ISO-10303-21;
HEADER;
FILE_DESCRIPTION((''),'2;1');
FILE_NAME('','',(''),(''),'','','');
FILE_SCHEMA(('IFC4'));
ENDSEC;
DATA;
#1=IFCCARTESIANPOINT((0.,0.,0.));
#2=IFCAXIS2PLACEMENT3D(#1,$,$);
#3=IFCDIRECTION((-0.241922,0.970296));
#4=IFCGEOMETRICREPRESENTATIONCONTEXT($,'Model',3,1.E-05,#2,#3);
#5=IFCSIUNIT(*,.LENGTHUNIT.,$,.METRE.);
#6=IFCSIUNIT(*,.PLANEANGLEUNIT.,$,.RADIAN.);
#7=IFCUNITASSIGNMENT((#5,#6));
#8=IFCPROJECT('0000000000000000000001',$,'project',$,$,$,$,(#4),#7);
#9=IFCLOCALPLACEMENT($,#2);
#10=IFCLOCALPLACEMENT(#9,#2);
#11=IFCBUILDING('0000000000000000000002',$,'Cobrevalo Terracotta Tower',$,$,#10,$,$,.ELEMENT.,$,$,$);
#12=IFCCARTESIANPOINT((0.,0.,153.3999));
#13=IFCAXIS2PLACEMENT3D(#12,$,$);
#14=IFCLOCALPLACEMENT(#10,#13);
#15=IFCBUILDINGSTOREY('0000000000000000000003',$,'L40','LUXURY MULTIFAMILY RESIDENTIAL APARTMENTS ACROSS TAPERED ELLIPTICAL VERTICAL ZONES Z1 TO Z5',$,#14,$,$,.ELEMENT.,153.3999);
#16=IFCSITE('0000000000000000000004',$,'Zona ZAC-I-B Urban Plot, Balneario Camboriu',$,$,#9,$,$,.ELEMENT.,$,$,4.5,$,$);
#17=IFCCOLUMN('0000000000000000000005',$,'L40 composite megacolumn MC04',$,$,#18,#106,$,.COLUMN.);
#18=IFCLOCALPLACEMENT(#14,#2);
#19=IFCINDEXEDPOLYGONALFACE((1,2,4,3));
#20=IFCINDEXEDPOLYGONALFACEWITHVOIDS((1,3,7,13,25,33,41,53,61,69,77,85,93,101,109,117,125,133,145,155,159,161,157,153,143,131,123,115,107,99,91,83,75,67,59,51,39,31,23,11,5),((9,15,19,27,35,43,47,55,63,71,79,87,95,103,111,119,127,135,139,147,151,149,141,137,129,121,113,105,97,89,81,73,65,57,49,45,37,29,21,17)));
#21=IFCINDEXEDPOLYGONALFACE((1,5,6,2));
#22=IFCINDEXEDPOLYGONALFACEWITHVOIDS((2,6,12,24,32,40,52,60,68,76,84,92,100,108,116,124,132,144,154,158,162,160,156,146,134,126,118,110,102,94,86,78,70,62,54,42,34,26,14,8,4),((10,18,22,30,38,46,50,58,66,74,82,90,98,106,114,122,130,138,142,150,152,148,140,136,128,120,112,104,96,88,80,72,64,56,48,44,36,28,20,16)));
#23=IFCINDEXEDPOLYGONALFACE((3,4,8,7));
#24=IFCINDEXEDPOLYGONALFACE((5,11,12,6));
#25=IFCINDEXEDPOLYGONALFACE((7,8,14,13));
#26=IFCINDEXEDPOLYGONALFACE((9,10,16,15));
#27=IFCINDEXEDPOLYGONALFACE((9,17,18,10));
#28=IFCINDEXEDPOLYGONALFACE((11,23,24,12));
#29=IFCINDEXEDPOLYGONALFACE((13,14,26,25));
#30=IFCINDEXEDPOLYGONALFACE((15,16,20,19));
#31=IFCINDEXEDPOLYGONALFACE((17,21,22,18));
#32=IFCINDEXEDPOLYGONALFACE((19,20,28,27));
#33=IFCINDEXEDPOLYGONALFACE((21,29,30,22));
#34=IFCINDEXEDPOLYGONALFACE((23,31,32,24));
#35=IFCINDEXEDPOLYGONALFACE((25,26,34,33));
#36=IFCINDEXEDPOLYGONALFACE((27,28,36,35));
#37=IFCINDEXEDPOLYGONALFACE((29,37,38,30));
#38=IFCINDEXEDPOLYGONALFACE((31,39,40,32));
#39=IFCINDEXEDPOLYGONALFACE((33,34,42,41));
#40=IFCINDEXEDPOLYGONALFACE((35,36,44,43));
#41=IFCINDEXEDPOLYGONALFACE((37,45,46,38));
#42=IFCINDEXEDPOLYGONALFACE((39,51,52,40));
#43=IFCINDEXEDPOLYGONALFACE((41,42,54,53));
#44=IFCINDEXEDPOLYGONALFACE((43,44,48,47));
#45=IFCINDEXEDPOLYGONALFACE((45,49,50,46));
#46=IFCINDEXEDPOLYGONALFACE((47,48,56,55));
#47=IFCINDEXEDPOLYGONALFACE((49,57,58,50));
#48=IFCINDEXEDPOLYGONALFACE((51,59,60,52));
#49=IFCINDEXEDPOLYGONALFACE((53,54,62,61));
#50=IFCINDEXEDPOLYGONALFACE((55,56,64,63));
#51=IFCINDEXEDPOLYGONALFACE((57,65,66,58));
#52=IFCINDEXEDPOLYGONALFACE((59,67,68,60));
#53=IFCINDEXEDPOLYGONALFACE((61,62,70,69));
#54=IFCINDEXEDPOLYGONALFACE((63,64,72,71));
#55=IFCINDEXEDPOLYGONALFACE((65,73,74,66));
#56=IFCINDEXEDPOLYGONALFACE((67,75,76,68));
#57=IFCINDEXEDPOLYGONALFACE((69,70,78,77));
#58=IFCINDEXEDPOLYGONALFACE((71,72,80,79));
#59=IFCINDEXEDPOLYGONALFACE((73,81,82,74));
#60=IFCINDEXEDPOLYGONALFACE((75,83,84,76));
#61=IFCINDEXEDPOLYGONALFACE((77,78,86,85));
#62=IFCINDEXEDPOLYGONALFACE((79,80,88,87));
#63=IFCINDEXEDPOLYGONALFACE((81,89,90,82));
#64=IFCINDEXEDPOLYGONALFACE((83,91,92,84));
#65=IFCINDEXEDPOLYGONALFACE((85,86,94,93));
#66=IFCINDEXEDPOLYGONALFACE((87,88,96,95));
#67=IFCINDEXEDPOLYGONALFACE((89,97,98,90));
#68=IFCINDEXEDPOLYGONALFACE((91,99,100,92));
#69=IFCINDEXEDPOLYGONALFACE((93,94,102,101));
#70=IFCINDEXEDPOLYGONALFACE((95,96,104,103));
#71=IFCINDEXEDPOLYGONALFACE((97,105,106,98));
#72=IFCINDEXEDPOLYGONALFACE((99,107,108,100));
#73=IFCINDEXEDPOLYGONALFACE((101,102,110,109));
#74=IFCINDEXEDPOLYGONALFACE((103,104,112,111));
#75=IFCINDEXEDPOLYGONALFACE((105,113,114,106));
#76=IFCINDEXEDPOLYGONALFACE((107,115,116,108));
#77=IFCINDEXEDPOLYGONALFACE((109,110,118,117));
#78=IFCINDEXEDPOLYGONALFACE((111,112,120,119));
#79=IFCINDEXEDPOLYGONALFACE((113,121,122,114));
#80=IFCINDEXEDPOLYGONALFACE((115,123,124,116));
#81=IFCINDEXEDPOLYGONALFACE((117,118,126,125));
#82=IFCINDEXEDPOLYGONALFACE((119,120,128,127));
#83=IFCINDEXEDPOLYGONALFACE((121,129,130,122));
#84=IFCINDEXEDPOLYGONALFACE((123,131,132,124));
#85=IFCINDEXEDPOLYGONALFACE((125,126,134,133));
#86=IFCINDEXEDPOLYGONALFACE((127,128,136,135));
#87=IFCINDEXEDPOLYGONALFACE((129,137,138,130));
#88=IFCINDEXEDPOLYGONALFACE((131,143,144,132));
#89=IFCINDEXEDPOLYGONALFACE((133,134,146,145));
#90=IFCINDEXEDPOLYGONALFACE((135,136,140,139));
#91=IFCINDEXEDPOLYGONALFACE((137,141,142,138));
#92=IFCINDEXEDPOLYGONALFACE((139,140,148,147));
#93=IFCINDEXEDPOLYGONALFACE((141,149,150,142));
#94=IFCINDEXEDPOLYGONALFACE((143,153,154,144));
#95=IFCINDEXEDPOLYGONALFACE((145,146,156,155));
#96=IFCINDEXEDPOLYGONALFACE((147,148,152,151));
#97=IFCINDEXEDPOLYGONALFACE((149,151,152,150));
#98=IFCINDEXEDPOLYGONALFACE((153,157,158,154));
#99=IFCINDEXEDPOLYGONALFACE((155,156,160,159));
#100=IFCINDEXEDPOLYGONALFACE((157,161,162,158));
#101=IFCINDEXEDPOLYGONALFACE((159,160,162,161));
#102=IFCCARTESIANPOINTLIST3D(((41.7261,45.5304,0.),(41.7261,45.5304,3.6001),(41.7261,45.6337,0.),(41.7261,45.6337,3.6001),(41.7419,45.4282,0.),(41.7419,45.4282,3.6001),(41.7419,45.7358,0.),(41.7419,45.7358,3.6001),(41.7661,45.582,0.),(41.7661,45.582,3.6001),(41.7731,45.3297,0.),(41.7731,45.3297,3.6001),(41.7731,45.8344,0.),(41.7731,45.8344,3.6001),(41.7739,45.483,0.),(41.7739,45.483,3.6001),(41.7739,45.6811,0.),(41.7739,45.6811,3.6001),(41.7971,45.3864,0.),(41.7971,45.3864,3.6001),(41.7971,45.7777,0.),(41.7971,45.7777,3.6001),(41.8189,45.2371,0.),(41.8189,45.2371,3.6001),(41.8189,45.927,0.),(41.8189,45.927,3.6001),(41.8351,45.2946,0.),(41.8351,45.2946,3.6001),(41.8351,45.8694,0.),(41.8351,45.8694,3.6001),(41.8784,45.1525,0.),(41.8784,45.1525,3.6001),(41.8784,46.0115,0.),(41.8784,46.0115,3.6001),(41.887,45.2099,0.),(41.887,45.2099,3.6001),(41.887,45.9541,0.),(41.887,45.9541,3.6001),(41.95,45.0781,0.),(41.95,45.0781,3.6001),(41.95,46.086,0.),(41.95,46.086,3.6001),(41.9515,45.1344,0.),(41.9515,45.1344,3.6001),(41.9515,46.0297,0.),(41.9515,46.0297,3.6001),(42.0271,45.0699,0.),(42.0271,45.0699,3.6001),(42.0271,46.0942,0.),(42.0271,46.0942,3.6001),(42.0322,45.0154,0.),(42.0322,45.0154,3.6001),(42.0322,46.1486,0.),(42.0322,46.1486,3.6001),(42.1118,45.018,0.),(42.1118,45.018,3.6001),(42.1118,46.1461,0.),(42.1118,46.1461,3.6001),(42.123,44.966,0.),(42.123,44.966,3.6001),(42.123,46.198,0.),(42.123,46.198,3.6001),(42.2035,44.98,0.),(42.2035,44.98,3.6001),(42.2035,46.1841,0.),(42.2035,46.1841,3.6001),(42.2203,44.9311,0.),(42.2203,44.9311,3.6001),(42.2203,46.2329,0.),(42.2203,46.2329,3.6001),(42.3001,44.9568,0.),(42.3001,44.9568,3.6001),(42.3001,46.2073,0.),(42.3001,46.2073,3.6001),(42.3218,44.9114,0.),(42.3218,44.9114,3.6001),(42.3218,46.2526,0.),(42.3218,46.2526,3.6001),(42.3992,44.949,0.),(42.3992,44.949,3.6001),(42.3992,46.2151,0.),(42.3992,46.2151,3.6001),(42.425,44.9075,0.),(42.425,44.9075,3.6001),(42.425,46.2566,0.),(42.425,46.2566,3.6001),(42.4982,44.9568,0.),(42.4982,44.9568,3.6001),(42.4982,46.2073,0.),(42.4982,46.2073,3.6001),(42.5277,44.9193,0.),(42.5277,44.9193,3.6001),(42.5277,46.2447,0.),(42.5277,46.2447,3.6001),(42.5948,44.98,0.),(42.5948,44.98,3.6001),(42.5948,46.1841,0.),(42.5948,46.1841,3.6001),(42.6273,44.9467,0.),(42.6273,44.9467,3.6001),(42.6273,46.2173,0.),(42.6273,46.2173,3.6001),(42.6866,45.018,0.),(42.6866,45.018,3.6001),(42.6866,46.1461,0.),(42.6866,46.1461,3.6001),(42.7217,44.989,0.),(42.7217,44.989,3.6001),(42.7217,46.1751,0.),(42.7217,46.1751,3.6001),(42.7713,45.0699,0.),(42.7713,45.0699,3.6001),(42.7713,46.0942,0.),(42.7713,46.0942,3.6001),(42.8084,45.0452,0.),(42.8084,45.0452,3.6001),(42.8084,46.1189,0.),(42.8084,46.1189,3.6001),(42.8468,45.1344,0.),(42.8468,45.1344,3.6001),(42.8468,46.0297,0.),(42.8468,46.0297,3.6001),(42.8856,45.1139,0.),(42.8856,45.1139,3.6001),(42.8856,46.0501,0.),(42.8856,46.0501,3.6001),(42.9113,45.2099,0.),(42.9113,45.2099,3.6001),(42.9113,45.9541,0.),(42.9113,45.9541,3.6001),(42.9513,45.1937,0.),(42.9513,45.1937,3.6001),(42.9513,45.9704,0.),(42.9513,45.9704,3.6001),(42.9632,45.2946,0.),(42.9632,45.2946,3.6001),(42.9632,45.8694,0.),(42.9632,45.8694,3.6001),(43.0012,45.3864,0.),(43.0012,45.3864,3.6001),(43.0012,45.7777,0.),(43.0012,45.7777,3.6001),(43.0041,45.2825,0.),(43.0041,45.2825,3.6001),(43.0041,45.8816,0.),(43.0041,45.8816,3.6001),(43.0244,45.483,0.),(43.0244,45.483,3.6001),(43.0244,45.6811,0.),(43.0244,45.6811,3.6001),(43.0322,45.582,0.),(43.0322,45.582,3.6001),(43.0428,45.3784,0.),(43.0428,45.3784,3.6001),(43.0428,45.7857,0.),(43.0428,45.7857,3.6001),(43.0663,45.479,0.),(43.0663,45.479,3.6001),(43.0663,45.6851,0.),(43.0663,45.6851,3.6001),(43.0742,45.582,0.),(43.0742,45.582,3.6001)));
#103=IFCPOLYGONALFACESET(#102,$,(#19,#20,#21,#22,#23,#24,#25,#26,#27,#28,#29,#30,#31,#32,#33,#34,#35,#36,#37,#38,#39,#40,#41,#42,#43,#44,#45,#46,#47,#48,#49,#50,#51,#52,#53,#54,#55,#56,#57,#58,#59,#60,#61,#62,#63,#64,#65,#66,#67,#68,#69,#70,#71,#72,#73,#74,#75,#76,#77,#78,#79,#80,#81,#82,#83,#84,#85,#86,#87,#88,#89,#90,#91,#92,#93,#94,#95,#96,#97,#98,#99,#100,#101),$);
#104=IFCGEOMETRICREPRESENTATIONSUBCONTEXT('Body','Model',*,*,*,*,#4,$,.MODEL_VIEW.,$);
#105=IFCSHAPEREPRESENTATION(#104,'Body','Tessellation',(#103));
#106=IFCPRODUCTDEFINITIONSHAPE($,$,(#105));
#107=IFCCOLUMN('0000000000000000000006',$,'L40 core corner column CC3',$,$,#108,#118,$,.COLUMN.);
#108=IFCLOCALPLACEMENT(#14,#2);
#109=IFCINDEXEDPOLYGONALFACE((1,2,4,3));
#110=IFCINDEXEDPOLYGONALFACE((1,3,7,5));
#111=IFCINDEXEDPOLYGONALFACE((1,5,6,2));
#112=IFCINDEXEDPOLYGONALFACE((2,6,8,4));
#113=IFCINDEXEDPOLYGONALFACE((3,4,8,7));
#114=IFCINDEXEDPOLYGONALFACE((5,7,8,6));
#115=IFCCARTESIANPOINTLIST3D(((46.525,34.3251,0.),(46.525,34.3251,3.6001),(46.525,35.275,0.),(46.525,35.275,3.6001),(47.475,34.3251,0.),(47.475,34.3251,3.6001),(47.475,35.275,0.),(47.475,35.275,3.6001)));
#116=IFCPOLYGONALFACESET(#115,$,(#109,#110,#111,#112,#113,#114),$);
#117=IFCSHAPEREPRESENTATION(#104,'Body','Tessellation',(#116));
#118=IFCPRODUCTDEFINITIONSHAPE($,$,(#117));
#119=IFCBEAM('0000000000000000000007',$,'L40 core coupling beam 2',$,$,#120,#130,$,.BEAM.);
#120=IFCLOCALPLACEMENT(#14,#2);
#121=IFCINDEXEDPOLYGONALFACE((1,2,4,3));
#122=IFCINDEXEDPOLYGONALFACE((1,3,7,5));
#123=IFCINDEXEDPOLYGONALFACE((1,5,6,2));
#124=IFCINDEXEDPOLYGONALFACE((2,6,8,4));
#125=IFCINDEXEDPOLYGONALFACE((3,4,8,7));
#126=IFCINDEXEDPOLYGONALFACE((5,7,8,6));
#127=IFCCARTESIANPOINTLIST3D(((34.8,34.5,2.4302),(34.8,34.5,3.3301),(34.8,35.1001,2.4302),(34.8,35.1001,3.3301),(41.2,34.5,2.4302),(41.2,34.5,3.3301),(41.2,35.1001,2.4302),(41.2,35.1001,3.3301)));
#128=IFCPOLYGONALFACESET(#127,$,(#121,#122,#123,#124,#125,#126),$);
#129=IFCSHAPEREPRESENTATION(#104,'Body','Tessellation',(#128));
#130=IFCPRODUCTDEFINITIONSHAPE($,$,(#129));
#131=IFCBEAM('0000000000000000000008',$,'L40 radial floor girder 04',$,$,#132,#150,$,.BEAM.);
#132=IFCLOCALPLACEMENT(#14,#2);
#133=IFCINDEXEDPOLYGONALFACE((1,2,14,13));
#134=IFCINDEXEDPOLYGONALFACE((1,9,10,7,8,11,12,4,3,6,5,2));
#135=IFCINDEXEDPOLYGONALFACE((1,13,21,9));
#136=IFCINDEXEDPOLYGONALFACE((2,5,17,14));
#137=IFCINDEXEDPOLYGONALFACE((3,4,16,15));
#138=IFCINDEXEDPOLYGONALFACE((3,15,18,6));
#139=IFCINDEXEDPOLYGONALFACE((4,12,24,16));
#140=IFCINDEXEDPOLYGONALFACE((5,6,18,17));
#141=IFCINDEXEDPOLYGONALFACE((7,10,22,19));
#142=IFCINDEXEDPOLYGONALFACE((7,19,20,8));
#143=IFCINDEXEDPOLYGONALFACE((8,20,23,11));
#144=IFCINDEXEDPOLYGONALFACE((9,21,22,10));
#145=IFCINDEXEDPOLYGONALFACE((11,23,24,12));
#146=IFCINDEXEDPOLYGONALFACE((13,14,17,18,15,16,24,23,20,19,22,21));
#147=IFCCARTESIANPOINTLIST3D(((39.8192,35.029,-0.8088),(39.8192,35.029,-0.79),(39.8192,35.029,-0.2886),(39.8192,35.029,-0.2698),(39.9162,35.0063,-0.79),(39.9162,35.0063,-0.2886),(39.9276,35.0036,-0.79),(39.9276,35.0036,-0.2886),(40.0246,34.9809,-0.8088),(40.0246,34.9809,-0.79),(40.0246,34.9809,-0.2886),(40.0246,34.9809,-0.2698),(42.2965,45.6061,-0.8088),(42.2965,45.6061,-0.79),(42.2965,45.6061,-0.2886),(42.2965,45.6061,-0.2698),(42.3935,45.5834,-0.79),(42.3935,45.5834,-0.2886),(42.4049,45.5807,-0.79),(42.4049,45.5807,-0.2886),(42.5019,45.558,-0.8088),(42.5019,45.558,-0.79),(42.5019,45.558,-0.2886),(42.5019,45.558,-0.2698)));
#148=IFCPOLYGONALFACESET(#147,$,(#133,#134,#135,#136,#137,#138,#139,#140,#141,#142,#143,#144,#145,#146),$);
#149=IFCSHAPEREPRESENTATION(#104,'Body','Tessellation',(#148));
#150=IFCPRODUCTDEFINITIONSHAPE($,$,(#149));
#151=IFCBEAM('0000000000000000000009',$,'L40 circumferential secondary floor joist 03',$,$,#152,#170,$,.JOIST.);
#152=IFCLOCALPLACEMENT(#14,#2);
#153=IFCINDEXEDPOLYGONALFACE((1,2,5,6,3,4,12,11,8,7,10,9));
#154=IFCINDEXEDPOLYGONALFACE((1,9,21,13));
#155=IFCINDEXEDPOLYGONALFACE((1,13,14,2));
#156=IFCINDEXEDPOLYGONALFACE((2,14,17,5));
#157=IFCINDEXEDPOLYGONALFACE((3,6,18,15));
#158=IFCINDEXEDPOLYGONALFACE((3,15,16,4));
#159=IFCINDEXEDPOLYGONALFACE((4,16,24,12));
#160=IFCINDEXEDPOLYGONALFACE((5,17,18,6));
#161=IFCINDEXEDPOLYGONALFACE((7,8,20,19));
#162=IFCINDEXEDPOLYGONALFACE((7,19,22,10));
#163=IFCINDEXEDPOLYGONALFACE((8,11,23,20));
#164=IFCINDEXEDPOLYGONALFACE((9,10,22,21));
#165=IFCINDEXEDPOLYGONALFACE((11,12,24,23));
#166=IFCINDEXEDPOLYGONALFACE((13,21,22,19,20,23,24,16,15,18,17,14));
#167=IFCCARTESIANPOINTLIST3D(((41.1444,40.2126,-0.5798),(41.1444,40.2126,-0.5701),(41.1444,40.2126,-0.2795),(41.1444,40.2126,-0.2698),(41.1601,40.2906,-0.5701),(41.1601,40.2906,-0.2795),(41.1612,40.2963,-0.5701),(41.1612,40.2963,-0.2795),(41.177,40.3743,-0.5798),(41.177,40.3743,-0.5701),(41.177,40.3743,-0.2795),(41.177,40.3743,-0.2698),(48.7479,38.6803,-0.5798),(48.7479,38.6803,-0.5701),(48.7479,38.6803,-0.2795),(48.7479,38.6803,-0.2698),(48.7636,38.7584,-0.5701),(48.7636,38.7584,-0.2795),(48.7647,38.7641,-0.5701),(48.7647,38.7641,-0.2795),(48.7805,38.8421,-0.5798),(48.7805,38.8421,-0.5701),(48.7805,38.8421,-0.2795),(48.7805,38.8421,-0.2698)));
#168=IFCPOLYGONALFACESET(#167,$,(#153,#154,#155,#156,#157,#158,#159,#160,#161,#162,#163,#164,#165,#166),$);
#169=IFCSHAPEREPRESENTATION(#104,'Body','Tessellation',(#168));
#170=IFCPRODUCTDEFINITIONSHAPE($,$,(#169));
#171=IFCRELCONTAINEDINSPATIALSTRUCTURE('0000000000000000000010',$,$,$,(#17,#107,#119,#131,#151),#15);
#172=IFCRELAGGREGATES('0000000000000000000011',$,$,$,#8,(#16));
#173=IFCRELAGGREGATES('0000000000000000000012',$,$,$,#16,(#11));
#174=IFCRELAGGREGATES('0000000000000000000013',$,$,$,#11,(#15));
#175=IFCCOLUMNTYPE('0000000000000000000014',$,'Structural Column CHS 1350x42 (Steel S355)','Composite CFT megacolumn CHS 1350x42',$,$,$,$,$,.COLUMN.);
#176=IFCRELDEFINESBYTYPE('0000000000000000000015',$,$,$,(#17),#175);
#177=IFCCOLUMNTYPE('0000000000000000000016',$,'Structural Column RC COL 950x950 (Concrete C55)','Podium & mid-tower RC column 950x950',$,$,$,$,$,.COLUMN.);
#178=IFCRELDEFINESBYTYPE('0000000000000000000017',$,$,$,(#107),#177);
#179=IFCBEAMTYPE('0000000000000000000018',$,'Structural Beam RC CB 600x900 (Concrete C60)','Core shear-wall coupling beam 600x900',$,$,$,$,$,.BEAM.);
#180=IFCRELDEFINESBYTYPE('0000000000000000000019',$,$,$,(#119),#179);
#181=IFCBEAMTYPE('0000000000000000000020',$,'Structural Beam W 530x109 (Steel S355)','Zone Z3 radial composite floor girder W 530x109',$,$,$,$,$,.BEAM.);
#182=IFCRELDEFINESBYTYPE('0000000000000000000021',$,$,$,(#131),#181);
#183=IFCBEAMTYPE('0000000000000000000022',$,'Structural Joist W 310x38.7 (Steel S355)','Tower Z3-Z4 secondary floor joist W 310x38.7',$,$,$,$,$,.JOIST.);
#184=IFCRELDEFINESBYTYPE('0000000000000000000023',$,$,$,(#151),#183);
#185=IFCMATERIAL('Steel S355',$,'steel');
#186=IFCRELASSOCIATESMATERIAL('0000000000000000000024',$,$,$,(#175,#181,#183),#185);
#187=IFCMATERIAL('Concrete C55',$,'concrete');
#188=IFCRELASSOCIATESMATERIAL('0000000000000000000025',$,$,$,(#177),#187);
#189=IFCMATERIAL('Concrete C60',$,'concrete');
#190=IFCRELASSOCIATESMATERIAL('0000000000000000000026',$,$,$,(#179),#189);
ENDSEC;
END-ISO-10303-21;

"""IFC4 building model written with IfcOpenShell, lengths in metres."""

from ifc_helpers import new_model, si_unit, direction, frame, origin, origin_2d, place, context, subcontext, project, spatial, rectangle, hollow_circle, i_section, extrude, material, material_profile, profile_set, type_object, element, save


model = new_model("IFC4")

# Units and contexts
model_context = context("Model", 3, precision=1e-05, world=origin(), true_north=direction((-0.241922, 0.970296)))
body_context = subcontext(model_context, "Body", "Model", "MODEL_VIEW")
ifc_project = project(units=[si_unit("LENGTHUNIT", "METRE"), si_unit("PLANEANGLEUNIT", "RADIAN")], contexts=[model_context])

# Site, building, storey
site_placement = place(None, origin())
site = spatial("IfcSite", under=ifc_project, at=site_placement, Name="Zona ZAC-I-B Urban Plot, Balneario Camboriu", CompositionType="ELEMENT", RefElevation=4.5)
building_placement = place(site_placement, origin())
building = spatial("IfcBuilding", under=site, at=building_placement, Name="Cobrevalo Terracotta Tower", CompositionType="ELEMENT")
storey_placement = place(building_placement, frame((0.0, 0.0, 153.3999)))
storey = spatial("IfcBuildingStorey", under=building, at=storey_placement, Name="L40", Description="LUXURY MULTIFAMILY RESIDENTIAL APARTMENTS ACROSS TAPERED ELLIPTICAL VERTICAL ZONES Z1 TO Z5", CompositionType="ELEMENT", Elevation=153.3999)

# Columns
ifc_material_1 = material(Name="Steel S355", Category="steel")
ifc_material_profile_1 = material_profile(ifc_material_1, hollow_circle(Radius=0.675, WallThickness=0.042, at=origin_2d()), Name="CHS 1350x42")
ifc_profile_set_1 = profile_set([ifc_material_profile_1], Name="Steel S355")
column_type_1 = type_object("IfcColumnType", Name="Structural Column CHS 1350x42 (Steel S355)", Description="Composite CFT megacolumn CHS 1350x42", PredefinedType="COLUMN", material=ifc_profile_set_1)
column_1_placement = place(storey_placement, frame((42.3992, 45.582, 0.0), z_axis=(0.0, 0.0, 1.0), x_axis=(1.0, 0.0, 0.0)))
element("IfcColumn", 1, at=column_1_placement, inside=storey, type_object=column_type_1, Name="L40 composite megacolumn MC04", PredefinedType="COLUMN", context=body_context, shape_type="SweptSolid", body=[
    extrude(hollow_circle(Radius=0.675, WallThickness=0.042, at=origin_2d()), origin(), (0.0, 0.0, 1.0), 3.6001),
])
ifc_material_2 = material(Name="Concrete C55", Category="concrete")
ifc_material_profile_2 = material_profile(ifc_material_2, rectangle(XDim=0.95, YDim=0.95, at=origin_2d()), Name="RC COL 950x950")
ifc_profile_set_2 = profile_set([ifc_material_profile_2], Name="Concrete C55")
column_type_2 = type_object("IfcColumnType", Name="Structural Column RC COL 950x950 (Concrete C55)", Description="Podium & mid-tower RC column 950x950", PredefinedType="COLUMN", material=ifc_profile_set_2)
column_2_placement = place(storey_placement, frame((47.0, 34.8, 0.0), z_axis=(0.0, 0.0, 1.0), x_axis=(1.0, 0.0, 0.0)))
element("IfcColumn", 2, at=column_2_placement, inside=storey, type_object=column_type_2, Name="L40 core corner column CC3", PredefinedType="COLUMN", context=body_context, shape_type="SweptSolid", body=[
    extrude(rectangle(XDim=0.95, YDim=0.95, at=origin_2d()), origin(), (0.0, 0.0, 1.0), 3.6001),
])

# Beams
ifc_material_3 = material(Name="Concrete C60", Category="concrete")
ifc_material_profile_3 = material_profile(ifc_material_3, rectangle(XDim=0.6001, YDim=0.8999, at=origin_2d()), Name="RC CB 600x900")
ifc_profile_set_3 = profile_set([ifc_material_profile_3], Name="Concrete C60")
beam_type_1 = type_object("IfcBeamType", Name="Structural Beam RC CB 600x900 (Concrete C60)", Description="Core shear-wall coupling beam 600x900", PredefinedType="BEAM", material=ifc_profile_set_3)
beam_1_placement = place(storey_placement, frame((34.8, 34.8, 2.8801), z_axis=(1.0, 0.0, 0.0), x_axis=(0.0, 1.0, 0.0)))
element("IfcBeam", 3, at=beam_1_placement, inside=storey, type_object=beam_type_1, Name="L40 core coupling beam 2", PredefinedType="BEAM", context=body_context, shape_type="SweptSolid", body=[
    extrude(rectangle(XDim=0.6001, YDim=0.8999, at=origin_2d()), origin(), (0.0, 0.0, 1.0), 6.3999),
])
ifc_material_profile_4 = material_profile(ifc_material_1, i_section(OverallWidth=0.2109, OverallDepth=0.5391, WebThickness=0.0117, FlangeThickness=0.0188, at=origin_2d()), Name="W 530x109")
ifc_profile_set_4 = profile_set([ifc_material_profile_4], Name="Steel S355")
beam_type_2 = type_object("IfcBeamType", Name="Structural Beam W 530x109 (Steel S355)", Description="Zone Z3 radial composite floor girder W 530x109", PredefinedType="BEAM", material=ifc_profile_set_4)
beam_2_placement = place(storey_placement, frame((42.3992, 45.582, -0.5393), z_axis=(-0.228041, -0.973652, 0.0), x_axis=(0.973652, -0.228041, 0.0)))
element("IfcBeam", 4, at=beam_2_placement, inside=storey, type_object=beam_type_2, Name="L40 radial floor girder 04", PredefinedType="BEAM", context=body_context, shape_type="SweptSolid", body=[
    extrude(i_section(OverallWidth=0.2109, OverallDepth=0.5391, WebThickness=0.0117, FlangeThickness=0.0188, at=origin_2d()), origin(), (0.0, 0.0, 1.0), 10.8633),
])
ifc_material_profile_5 = material_profile(ifc_material_1, i_section(OverallWidth=0.165, OverallDepth=0.3101, WebThickness=0.0059, FlangeThickness=0.0098, at=origin_2d()), Name="W 310x38.7")
ifc_profile_set_5 = profile_set([ifc_material_profile_5], Name="Steel S355")
beam_type_3 = type_object("IfcBeamType", Name="Structural Joist W 310x38.7 (Steel S355)", Description="Tower Z3-Z4 secondary floor joist W 310x38.7", PredefinedType="JOIST", material=ifc_profile_set_5)
beam_3_placement = place(storey_placement, frame((48.7642, 38.7612, -0.4248), z_axis=(-0.980294, 0.197544, 0.0), x_axis=(-0.197544, -0.980294, 0.0)))
element("IfcBeam", 5, at=beam_3_placement, inside=storey, type_object=beam_type_3, Name="L40 circumferential secondary floor joist 03", PredefinedType="JOIST", context=body_context, shape_type="SweptSolid", body=[
    extrude(i_section(OverallWidth=0.165, OverallDepth=0.3101, WebThickness=0.0059, FlangeThickness=0.0098, at=origin_2d()), origin(), (0.0, 0.0, 1.0), 7.7563),
])

save(model, "model.ifc")
